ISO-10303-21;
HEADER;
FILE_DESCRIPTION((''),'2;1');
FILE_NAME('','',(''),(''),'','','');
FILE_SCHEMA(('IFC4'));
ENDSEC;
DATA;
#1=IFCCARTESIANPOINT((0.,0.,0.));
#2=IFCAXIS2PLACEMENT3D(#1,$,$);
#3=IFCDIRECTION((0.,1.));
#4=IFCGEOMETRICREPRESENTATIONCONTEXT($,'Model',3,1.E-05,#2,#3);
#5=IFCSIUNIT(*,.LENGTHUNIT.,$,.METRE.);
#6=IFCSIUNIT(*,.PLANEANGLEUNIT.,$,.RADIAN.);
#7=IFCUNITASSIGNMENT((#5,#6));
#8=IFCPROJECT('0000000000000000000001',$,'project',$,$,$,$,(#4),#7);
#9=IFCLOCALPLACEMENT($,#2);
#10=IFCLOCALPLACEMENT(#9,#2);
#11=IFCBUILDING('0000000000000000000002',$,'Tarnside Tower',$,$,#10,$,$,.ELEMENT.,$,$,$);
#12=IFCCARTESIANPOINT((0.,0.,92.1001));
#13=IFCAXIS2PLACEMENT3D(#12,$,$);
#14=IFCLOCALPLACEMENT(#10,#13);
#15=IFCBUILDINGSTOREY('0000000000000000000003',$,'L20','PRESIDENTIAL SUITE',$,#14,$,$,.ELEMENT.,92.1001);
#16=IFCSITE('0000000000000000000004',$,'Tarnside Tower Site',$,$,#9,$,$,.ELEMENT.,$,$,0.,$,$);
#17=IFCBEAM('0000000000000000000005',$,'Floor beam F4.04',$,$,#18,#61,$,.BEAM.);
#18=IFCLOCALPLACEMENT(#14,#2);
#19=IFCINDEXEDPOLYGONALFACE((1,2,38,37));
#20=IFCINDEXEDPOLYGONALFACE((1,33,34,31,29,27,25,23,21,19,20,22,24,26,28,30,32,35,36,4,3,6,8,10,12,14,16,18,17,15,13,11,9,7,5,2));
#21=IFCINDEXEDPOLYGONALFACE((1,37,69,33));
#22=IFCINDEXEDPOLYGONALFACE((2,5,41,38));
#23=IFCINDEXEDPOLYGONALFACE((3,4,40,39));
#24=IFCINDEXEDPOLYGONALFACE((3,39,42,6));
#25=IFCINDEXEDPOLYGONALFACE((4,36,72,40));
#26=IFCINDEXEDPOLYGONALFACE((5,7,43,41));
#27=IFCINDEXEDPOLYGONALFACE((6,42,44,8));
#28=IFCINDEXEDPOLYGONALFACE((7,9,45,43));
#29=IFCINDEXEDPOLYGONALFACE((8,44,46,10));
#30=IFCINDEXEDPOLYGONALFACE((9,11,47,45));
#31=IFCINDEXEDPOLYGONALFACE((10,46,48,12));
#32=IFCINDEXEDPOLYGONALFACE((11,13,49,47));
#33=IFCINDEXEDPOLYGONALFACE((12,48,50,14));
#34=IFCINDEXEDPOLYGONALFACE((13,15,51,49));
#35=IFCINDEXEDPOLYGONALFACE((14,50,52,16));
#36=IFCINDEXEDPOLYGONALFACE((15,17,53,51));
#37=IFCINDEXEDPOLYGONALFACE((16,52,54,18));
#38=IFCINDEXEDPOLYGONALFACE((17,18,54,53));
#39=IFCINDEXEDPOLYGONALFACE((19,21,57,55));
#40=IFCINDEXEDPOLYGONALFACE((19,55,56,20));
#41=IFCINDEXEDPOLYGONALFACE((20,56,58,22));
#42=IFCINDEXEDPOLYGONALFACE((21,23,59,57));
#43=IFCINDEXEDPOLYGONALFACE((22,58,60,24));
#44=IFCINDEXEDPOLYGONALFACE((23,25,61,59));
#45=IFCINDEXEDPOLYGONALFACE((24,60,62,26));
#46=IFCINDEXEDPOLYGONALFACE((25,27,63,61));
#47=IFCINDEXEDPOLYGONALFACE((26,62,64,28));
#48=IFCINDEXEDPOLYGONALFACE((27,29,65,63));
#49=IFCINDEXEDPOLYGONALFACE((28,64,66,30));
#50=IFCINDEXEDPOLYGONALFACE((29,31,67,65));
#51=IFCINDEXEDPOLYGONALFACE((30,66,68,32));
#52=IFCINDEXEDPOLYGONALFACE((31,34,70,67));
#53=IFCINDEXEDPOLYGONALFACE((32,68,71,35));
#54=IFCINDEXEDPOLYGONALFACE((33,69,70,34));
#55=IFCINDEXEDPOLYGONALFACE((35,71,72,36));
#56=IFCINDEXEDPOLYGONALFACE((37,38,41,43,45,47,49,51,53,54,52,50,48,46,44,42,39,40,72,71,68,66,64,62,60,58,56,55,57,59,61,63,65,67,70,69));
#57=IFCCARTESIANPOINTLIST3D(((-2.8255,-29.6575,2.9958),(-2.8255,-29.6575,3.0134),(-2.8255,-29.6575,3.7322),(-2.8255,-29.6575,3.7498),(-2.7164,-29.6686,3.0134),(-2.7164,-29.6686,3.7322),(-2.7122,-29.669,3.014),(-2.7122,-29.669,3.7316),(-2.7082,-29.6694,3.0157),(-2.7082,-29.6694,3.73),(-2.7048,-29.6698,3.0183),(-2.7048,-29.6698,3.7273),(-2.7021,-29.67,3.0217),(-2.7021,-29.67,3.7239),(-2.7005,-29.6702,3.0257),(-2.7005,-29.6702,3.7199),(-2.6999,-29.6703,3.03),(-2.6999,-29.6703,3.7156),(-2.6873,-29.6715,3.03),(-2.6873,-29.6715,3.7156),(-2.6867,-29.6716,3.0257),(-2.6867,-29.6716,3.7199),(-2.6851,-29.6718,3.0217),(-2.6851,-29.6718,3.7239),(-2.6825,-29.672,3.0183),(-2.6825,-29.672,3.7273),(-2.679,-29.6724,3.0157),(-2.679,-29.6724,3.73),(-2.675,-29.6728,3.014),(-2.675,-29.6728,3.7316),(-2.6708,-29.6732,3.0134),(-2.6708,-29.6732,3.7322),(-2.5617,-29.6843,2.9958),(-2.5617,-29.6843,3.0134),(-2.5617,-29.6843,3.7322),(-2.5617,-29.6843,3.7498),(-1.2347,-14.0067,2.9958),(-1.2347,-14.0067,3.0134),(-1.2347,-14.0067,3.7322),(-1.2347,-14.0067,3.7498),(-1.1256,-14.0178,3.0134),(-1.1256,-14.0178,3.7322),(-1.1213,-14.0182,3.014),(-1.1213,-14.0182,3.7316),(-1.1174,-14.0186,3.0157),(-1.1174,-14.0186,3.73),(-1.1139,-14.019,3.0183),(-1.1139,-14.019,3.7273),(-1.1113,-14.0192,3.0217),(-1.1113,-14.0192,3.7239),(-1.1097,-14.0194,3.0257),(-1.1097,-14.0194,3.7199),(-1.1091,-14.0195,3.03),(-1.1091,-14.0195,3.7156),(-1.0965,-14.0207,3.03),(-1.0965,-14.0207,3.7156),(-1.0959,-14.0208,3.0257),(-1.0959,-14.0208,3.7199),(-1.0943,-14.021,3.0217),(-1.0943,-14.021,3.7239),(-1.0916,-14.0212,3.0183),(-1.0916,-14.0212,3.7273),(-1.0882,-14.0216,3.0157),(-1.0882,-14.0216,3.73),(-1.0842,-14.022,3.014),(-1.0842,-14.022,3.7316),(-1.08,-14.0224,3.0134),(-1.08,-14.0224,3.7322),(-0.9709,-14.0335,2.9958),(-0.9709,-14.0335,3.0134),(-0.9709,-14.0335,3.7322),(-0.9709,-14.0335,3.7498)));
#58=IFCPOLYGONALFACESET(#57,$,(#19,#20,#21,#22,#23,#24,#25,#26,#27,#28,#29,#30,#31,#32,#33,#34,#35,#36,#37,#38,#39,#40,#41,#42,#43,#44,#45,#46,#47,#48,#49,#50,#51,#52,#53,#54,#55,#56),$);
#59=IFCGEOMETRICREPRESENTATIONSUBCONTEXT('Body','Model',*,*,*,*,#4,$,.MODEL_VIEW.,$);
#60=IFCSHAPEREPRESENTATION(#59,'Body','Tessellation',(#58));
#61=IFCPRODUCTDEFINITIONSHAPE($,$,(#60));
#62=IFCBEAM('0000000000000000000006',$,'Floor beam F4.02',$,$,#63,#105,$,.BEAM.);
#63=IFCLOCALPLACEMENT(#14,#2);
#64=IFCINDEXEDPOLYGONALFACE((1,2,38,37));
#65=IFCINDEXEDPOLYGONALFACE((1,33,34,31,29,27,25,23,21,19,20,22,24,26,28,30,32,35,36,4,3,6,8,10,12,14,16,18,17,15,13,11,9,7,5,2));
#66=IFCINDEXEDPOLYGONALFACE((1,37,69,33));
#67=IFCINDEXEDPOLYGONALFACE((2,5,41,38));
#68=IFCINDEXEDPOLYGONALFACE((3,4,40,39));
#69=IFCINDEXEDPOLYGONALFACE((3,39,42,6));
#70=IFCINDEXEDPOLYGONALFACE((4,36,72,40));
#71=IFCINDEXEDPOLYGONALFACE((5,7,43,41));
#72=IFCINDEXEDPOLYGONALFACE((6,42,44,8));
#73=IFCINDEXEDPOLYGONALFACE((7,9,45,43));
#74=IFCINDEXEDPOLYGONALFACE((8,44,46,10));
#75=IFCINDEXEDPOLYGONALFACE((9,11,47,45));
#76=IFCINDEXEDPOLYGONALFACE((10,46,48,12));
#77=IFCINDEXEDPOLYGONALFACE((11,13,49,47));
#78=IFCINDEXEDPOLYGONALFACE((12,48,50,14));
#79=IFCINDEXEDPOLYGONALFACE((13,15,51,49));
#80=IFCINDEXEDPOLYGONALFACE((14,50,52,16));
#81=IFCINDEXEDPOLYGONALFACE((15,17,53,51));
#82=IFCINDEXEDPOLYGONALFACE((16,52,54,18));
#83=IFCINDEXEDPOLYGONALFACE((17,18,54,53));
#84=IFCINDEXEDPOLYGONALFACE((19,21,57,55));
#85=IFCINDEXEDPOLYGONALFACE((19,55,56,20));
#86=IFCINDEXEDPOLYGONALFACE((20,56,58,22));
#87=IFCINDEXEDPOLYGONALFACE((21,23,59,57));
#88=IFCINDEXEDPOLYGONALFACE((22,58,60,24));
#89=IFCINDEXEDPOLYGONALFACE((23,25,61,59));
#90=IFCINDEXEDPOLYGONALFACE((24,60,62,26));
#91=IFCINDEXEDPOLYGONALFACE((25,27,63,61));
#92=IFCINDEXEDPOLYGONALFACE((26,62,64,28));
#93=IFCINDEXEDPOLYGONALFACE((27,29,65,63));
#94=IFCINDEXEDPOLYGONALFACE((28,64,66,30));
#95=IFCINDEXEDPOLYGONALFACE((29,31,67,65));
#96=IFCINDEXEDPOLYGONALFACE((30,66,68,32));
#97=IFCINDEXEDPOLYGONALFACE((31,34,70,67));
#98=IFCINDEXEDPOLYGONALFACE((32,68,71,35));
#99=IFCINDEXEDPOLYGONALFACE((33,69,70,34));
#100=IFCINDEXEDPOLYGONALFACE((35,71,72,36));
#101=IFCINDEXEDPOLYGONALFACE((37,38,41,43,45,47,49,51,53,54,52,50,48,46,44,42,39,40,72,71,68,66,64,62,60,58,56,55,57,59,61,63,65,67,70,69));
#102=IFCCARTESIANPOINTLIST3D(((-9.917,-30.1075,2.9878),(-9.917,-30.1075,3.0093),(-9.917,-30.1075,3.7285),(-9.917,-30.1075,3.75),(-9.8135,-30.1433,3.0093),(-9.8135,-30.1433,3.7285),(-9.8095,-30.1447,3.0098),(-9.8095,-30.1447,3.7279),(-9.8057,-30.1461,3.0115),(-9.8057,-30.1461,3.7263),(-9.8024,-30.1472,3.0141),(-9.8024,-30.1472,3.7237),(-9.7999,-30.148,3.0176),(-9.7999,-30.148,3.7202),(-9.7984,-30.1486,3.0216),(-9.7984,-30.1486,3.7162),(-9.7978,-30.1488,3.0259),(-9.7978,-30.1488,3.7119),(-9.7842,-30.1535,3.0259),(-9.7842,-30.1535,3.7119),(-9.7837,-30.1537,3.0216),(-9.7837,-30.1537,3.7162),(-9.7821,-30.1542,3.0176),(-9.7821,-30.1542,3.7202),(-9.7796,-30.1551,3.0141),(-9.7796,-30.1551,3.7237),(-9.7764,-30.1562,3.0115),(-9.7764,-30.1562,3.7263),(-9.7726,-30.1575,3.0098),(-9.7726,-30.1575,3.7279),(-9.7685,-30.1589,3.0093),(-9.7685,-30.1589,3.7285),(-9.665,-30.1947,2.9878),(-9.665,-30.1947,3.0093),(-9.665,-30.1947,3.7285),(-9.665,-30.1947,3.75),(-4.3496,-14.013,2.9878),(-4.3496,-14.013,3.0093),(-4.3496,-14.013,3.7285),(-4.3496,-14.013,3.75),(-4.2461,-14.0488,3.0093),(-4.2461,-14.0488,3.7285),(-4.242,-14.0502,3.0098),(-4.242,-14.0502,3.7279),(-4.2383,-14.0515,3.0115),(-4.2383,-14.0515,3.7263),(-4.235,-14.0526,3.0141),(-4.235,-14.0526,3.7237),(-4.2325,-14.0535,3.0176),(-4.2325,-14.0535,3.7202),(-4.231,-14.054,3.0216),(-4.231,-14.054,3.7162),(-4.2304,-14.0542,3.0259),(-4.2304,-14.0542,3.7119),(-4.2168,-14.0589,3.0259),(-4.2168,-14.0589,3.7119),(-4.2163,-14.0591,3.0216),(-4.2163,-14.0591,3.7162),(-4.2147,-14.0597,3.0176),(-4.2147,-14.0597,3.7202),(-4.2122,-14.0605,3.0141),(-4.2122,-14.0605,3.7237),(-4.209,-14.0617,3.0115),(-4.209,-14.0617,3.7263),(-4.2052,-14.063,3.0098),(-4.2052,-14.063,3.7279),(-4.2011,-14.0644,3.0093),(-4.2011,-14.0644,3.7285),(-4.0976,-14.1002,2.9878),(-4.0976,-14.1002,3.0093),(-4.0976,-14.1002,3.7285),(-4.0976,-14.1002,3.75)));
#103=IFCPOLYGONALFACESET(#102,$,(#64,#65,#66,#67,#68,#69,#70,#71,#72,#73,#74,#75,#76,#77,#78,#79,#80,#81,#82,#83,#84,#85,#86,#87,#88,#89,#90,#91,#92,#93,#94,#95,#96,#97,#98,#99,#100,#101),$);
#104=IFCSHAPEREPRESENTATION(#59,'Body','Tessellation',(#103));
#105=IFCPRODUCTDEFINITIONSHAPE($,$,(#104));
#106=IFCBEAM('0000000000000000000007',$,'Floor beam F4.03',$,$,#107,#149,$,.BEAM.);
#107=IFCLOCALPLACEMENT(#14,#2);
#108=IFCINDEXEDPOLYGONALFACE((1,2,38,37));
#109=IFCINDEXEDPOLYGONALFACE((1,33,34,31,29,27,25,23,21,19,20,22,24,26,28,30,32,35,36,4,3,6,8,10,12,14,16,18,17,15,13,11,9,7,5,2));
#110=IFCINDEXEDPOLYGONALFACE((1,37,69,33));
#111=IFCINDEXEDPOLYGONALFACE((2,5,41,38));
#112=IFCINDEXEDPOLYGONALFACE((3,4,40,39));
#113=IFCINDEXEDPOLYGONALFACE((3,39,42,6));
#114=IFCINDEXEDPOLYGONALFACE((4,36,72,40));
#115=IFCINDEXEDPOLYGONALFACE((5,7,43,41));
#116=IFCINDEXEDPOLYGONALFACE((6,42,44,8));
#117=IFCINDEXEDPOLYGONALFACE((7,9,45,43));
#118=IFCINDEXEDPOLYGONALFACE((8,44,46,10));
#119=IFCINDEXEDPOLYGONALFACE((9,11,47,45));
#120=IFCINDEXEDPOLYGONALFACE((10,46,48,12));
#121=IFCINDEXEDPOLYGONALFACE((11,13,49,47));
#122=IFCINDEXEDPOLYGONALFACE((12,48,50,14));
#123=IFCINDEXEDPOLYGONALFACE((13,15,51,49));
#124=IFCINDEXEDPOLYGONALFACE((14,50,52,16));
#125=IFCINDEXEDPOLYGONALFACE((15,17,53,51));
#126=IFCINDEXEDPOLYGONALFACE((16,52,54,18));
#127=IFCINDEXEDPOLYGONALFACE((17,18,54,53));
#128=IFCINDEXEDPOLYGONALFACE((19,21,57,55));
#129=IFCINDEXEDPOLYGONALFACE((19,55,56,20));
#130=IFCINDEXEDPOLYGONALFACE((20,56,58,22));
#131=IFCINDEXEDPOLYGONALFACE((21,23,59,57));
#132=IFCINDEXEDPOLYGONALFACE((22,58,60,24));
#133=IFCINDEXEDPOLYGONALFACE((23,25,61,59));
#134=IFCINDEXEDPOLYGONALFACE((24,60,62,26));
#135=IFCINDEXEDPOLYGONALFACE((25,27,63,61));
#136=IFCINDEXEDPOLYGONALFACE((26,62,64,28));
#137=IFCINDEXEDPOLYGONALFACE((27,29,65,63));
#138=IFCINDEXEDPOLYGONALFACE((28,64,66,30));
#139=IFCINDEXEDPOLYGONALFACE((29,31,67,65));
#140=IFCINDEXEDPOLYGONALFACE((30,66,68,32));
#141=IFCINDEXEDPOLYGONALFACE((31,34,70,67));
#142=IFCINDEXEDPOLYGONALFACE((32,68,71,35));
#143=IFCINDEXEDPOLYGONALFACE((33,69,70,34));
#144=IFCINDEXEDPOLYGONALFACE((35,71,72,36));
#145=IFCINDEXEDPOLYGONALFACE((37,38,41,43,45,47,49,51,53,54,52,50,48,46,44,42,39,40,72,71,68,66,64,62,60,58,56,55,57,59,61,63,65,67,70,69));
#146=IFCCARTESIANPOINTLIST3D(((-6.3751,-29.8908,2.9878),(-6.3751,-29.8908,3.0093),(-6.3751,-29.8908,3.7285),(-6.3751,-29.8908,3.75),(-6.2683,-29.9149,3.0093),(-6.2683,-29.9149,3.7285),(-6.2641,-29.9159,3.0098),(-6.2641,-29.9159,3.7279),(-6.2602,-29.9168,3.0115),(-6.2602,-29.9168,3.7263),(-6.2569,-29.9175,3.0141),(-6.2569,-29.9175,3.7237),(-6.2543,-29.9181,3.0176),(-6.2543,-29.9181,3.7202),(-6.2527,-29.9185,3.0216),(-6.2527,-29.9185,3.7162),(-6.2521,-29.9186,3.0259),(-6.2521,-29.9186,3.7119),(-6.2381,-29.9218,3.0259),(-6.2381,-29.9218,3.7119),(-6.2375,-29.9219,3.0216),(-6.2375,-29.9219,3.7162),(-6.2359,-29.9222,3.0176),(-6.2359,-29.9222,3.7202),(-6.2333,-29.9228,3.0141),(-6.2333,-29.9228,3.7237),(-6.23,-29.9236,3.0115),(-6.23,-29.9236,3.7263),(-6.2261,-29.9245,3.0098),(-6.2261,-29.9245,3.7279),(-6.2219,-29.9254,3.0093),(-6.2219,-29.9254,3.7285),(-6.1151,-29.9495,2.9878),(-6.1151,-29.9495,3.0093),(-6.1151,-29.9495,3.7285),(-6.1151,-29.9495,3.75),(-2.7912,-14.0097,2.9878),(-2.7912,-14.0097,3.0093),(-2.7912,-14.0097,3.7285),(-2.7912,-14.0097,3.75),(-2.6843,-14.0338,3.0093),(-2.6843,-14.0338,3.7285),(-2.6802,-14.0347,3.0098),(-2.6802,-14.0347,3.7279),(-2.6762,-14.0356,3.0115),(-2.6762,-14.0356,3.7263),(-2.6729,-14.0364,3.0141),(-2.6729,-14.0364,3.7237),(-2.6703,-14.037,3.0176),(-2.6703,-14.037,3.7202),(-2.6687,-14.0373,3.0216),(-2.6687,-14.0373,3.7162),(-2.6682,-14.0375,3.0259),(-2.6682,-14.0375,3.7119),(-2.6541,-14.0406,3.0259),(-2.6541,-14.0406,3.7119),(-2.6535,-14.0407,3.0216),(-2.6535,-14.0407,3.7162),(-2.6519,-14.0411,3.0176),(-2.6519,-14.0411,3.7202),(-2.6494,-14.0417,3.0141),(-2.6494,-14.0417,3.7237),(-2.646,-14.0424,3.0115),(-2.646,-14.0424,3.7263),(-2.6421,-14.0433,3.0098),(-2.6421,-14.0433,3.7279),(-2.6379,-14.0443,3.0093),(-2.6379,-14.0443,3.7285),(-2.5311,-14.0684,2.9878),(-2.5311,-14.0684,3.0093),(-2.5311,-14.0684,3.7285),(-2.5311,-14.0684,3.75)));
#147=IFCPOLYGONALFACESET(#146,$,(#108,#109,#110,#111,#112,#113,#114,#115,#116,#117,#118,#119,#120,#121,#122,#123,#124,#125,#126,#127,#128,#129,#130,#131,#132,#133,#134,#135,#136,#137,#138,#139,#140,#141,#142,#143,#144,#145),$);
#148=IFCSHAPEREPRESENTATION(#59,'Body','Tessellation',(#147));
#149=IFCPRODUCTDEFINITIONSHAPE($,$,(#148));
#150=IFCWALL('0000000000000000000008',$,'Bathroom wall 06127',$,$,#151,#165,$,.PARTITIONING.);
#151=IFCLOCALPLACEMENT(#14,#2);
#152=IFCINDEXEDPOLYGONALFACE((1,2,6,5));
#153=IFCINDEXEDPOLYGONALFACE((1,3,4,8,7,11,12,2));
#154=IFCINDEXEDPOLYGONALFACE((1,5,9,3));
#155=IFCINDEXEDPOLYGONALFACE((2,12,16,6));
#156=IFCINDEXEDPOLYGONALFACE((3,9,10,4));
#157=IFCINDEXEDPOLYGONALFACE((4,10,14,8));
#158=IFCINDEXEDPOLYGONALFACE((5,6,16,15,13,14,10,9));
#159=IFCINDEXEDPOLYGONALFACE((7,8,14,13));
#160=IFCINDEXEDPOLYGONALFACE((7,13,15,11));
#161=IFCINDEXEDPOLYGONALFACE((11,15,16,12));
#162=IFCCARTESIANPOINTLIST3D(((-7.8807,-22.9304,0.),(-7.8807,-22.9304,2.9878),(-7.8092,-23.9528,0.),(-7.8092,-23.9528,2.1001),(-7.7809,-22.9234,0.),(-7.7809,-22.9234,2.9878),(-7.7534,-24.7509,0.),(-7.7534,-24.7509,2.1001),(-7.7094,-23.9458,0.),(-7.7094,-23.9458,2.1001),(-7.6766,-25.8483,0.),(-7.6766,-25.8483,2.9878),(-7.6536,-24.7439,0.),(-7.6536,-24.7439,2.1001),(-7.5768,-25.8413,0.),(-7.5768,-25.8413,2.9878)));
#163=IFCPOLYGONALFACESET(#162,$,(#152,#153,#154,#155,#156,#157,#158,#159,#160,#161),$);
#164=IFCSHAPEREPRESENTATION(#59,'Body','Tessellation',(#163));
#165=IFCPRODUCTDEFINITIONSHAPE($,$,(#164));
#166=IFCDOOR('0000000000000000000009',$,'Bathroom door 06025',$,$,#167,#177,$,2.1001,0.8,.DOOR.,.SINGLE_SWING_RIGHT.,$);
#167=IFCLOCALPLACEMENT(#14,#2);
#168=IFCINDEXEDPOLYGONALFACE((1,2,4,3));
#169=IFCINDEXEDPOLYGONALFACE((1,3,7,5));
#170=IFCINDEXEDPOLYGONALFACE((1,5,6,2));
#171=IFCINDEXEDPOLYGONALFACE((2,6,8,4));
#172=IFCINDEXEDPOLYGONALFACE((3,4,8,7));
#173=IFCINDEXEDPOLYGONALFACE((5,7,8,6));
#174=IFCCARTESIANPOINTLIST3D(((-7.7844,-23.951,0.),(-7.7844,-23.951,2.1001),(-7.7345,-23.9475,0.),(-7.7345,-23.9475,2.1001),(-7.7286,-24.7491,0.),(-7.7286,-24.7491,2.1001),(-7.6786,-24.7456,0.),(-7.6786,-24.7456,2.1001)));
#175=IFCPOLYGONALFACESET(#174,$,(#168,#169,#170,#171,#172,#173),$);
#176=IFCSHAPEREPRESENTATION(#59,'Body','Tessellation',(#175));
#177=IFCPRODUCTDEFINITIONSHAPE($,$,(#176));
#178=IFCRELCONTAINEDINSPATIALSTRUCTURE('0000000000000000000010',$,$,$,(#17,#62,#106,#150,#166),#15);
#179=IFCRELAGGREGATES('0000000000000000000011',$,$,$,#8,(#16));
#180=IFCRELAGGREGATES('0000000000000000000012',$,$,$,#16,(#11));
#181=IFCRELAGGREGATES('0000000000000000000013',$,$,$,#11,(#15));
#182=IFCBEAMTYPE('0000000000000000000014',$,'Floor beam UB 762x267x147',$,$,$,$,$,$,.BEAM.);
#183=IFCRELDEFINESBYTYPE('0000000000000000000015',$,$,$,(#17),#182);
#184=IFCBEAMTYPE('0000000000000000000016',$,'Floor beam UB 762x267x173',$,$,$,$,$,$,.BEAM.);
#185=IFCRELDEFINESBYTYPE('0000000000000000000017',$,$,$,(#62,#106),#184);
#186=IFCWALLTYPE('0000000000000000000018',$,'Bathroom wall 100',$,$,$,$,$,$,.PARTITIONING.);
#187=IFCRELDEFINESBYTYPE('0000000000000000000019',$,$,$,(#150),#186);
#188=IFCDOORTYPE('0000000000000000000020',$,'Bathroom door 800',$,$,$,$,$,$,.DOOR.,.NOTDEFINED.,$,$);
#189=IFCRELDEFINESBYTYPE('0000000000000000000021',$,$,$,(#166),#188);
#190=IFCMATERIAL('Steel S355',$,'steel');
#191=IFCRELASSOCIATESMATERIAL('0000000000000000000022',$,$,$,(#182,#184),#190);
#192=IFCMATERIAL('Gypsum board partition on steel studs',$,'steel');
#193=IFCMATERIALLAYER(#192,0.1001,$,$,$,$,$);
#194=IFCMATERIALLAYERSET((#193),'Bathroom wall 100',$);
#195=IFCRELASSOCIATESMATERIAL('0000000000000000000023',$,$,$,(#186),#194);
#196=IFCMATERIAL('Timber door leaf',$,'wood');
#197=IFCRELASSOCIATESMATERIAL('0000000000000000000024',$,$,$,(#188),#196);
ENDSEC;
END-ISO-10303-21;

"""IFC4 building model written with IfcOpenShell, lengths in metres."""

from ifc_helpers import new_model, si_unit, direction, frame, frame_2d, origin, origin_2d, place, context, subcontext, project, spatial, rectangle, i_section, extrude, material, layer, layer_set, material_profile, profile_set, type_object, element, fill, save


model = new_model("IFC4")

# Units and contexts
model_context = context("Model", 3, precision=1e-05, world=origin(), true_north=direction((0.0, 1.0)))
body_context = subcontext(model_context, "Body", "Model", "MODEL_VIEW")
ifc_project = project(units=[si_unit("LENGTHUNIT", "METRE"), si_unit("PLANEANGLEUNIT", "RADIAN")], contexts=[model_context])

# Site, building, storey
site_placement = place(None, origin())
site = spatial("IfcSite", under=ifc_project, at=site_placement, Name="Tarnside Tower Site", CompositionType="ELEMENT", RefElevation=0.0)
building_placement = place(site_placement, origin())
building = spatial("IfcBuilding", under=site, at=building_placement, Name="Tarnside Tower", CompositionType="ELEMENT")
storey_placement = place(building_placement, frame((0.0, 0.0, 92.1001)))
storey = spatial("IfcBuildingStorey", under=building, at=storey_placement, Name="L20", Description="PRESIDENTIAL SUITE", CompositionType="ELEMENT", Elevation=92.1001)

# Beams
ifc_material_1 = material(Name="Steel S355", Category="steel")
ifc_material_profile_1 = material_profile(ifc_material_1, i_section(OverallWidth=0.2651, OverallDepth=0.7539, WebThickness=0.0127, FlangeThickness=0.0176, FilletRadius=0.0166, at=origin_2d()), Name="UB 762x267x147")
ifc_profile_set_1 = profile_set([ifc_material_profile_1], Name="Steel S355")
beam_type_1 = type_object("IfcBeamType", Name="Floor beam UB 762x267x147", PredefinedType="BEAM", material=ifc_profile_set_1)
beam_1_placement = place(storey_placement, frame((-2.6936, -29.6709, 3.3728), z_axis=(0.101123, 0.994874, 0.0), x_axis=(-0.994874, 0.101123, 0.0)))
element("IfcBeam", 1, at=beam_1_placement, inside=storey, type_object=beam_type_1, Name="Floor beam F4.04", PredefinedType="BEAM", context=body_context, shape_type="SweptSolid", body=[
    extrude(i_section(OverallWidth=0.2651, OverallDepth=0.7539, WebThickness=0.0127, FlangeThickness=0.0176, FilletRadius=0.0166, at=origin_2d()), origin(), (0.0, 0.0, 1.0), 15.7314),
])
ifc_material_profile_2 = material_profile(ifc_material_1, i_section(OverallWidth=0.2666, OverallDepth=0.7622, WebThickness=0.0144, FlangeThickness=0.0215, FilletRadius=0.0166, at=origin_2d()), Name="UB 762x267x173")
ifc_profile_set_2 = profile_set([ifc_material_profile_2], Name="Steel S355")
beam_type_2 = type_object("IfcBeamType", Name="Floor beam UB 762x267x173", PredefinedType="BEAM", material=ifc_profile_set_2)
beam_2_placement = place(storey_placement, frame((-9.791, -30.1511, 3.3689), z_axis=(0.326912, 0.945055, 0.0), x_axis=(-0.945055, 0.326912, 0.0)))
element("IfcBeam", 2, at=beam_2_placement, inside=storey, type_object=beam_type_2, Name="Floor beam F4.02", PredefinedType="BEAM", context=body_context, shape_type="SweptSolid", body=[
    extrude(i_section(OverallWidth=0.2666, OverallDepth=0.7622, WebThickness=0.0144, FlangeThickness=0.0215, FilletRadius=0.0166, at=origin_2d()), origin(), (0.0, 0.0, 1.0), 17.0303),
])
beam_3_placement = place(storey_placement, frame((-6.2451, -29.9202, 3.3689), z_axis=(0.22014, 0.975468, 0.0), x_axis=(-0.975468, 0.22014, 0.0)))
element("IfcBeam", 3, at=beam_3_placement, inside=storey, type_object=beam_type_2, Name="Floor beam F4.03", PredefinedType="BEAM", context=body_context, shape_type="SweptSolid", body=[
    extrude(i_section(OverallWidth=0.2666, OverallDepth=0.7622, WebThickness=0.0144, FlangeThickness=0.0215, FilletRadius=0.0166, at=origin_2d()), origin(), (0.0, 0.0, 1.0), 16.2805),
])

# Wall, opening, door
ifc_material_2 = material(Name="Gypsum board partition on steel studs", Category="steel")
ifc_layer_1 = layer(ifc_material_2, 0.1001)
ifc_layer_set_1 = layer_set([ifc_layer_1], Name="Bathroom wall 100")
wall_type_1 = type_object("IfcWallType", Name="Bathroom wall 100", PredefinedType="PARTITIONING", material=ifc_layer_set_1)
wall_1_placement = place(storey_placement, frame((-7.8308, -22.927, 0.0), z_axis=(0.0, 0.0, 1.0), x_axis=(0.069776, -0.997563, 0.0)))
wall_1 = element("IfcWall", 4, at=wall_1_placement, inside=storey, type_object=wall_type_1, Name="Bathroom wall 06127", PredefinedType="PARTITIONING", context=body_context, shape_type="SweptSolid", body=[
    extrude(rectangle(XDim=2.925, YDim=0.1001, at=frame_2d((1.4624, 0.0))), origin(), (0.0, 0.0, 1.0), 2.9878),
])
opening_1_placement = place(wall_1_placement, frame((1.0249, 0.0, 0.0)))
opening_1 = element("IfcOpeningElement", 5, at=opening_1_placement, cuts=wall_1, PredefinedType="OPENING", context=body_context, shape_type="SweptSolid", body=[
    extrude(rectangle(XDim=0.8, YDim=2.1001, at=frame_2d((0.3999, 1.05))), frame((0.0, 0.0601, 0.0), z_axis=(0.0, -1.0, 0.0), x_axis=(1.0, 0.0, 0.0)), (0.0, 0.0, 1.0), 0.1201),
])
ifc_material_3 = material(Name="Timber door leaf", Category="wood")
door_type_1 = type_object("IfcDoorType", Name="Bathroom door 800", OperationType="NOTDEFINED", PredefinedType="DOOR", material=ifc_material_3)
door_1_placement = place(opening_1_placement, origin())
door_1 = element("IfcDoor", 6, at=door_1_placement, inside=storey, type_object=door_type_1, Name="Bathroom door 06025", OperationType="SINGLE_SWING_RIGHT", OverallHeight=2.1001, OverallWidth=0.8, PredefinedType="DOOR", context=body_context, shape_type="SweptSolid", body=[
    extrude(rectangle(XDim=0.8, YDim=2.1001, at=frame_2d((0.3999, 1.05))), frame((0.0, 0.0249, 0.0), z_axis=(0.0, -1.0, 0.0), x_axis=(1.0, 0.0, 0.0)), (0.0, 0.0, 1.0), 0.05),
])
fill(opening_1, door_1)

save(model, "model.ifc")
